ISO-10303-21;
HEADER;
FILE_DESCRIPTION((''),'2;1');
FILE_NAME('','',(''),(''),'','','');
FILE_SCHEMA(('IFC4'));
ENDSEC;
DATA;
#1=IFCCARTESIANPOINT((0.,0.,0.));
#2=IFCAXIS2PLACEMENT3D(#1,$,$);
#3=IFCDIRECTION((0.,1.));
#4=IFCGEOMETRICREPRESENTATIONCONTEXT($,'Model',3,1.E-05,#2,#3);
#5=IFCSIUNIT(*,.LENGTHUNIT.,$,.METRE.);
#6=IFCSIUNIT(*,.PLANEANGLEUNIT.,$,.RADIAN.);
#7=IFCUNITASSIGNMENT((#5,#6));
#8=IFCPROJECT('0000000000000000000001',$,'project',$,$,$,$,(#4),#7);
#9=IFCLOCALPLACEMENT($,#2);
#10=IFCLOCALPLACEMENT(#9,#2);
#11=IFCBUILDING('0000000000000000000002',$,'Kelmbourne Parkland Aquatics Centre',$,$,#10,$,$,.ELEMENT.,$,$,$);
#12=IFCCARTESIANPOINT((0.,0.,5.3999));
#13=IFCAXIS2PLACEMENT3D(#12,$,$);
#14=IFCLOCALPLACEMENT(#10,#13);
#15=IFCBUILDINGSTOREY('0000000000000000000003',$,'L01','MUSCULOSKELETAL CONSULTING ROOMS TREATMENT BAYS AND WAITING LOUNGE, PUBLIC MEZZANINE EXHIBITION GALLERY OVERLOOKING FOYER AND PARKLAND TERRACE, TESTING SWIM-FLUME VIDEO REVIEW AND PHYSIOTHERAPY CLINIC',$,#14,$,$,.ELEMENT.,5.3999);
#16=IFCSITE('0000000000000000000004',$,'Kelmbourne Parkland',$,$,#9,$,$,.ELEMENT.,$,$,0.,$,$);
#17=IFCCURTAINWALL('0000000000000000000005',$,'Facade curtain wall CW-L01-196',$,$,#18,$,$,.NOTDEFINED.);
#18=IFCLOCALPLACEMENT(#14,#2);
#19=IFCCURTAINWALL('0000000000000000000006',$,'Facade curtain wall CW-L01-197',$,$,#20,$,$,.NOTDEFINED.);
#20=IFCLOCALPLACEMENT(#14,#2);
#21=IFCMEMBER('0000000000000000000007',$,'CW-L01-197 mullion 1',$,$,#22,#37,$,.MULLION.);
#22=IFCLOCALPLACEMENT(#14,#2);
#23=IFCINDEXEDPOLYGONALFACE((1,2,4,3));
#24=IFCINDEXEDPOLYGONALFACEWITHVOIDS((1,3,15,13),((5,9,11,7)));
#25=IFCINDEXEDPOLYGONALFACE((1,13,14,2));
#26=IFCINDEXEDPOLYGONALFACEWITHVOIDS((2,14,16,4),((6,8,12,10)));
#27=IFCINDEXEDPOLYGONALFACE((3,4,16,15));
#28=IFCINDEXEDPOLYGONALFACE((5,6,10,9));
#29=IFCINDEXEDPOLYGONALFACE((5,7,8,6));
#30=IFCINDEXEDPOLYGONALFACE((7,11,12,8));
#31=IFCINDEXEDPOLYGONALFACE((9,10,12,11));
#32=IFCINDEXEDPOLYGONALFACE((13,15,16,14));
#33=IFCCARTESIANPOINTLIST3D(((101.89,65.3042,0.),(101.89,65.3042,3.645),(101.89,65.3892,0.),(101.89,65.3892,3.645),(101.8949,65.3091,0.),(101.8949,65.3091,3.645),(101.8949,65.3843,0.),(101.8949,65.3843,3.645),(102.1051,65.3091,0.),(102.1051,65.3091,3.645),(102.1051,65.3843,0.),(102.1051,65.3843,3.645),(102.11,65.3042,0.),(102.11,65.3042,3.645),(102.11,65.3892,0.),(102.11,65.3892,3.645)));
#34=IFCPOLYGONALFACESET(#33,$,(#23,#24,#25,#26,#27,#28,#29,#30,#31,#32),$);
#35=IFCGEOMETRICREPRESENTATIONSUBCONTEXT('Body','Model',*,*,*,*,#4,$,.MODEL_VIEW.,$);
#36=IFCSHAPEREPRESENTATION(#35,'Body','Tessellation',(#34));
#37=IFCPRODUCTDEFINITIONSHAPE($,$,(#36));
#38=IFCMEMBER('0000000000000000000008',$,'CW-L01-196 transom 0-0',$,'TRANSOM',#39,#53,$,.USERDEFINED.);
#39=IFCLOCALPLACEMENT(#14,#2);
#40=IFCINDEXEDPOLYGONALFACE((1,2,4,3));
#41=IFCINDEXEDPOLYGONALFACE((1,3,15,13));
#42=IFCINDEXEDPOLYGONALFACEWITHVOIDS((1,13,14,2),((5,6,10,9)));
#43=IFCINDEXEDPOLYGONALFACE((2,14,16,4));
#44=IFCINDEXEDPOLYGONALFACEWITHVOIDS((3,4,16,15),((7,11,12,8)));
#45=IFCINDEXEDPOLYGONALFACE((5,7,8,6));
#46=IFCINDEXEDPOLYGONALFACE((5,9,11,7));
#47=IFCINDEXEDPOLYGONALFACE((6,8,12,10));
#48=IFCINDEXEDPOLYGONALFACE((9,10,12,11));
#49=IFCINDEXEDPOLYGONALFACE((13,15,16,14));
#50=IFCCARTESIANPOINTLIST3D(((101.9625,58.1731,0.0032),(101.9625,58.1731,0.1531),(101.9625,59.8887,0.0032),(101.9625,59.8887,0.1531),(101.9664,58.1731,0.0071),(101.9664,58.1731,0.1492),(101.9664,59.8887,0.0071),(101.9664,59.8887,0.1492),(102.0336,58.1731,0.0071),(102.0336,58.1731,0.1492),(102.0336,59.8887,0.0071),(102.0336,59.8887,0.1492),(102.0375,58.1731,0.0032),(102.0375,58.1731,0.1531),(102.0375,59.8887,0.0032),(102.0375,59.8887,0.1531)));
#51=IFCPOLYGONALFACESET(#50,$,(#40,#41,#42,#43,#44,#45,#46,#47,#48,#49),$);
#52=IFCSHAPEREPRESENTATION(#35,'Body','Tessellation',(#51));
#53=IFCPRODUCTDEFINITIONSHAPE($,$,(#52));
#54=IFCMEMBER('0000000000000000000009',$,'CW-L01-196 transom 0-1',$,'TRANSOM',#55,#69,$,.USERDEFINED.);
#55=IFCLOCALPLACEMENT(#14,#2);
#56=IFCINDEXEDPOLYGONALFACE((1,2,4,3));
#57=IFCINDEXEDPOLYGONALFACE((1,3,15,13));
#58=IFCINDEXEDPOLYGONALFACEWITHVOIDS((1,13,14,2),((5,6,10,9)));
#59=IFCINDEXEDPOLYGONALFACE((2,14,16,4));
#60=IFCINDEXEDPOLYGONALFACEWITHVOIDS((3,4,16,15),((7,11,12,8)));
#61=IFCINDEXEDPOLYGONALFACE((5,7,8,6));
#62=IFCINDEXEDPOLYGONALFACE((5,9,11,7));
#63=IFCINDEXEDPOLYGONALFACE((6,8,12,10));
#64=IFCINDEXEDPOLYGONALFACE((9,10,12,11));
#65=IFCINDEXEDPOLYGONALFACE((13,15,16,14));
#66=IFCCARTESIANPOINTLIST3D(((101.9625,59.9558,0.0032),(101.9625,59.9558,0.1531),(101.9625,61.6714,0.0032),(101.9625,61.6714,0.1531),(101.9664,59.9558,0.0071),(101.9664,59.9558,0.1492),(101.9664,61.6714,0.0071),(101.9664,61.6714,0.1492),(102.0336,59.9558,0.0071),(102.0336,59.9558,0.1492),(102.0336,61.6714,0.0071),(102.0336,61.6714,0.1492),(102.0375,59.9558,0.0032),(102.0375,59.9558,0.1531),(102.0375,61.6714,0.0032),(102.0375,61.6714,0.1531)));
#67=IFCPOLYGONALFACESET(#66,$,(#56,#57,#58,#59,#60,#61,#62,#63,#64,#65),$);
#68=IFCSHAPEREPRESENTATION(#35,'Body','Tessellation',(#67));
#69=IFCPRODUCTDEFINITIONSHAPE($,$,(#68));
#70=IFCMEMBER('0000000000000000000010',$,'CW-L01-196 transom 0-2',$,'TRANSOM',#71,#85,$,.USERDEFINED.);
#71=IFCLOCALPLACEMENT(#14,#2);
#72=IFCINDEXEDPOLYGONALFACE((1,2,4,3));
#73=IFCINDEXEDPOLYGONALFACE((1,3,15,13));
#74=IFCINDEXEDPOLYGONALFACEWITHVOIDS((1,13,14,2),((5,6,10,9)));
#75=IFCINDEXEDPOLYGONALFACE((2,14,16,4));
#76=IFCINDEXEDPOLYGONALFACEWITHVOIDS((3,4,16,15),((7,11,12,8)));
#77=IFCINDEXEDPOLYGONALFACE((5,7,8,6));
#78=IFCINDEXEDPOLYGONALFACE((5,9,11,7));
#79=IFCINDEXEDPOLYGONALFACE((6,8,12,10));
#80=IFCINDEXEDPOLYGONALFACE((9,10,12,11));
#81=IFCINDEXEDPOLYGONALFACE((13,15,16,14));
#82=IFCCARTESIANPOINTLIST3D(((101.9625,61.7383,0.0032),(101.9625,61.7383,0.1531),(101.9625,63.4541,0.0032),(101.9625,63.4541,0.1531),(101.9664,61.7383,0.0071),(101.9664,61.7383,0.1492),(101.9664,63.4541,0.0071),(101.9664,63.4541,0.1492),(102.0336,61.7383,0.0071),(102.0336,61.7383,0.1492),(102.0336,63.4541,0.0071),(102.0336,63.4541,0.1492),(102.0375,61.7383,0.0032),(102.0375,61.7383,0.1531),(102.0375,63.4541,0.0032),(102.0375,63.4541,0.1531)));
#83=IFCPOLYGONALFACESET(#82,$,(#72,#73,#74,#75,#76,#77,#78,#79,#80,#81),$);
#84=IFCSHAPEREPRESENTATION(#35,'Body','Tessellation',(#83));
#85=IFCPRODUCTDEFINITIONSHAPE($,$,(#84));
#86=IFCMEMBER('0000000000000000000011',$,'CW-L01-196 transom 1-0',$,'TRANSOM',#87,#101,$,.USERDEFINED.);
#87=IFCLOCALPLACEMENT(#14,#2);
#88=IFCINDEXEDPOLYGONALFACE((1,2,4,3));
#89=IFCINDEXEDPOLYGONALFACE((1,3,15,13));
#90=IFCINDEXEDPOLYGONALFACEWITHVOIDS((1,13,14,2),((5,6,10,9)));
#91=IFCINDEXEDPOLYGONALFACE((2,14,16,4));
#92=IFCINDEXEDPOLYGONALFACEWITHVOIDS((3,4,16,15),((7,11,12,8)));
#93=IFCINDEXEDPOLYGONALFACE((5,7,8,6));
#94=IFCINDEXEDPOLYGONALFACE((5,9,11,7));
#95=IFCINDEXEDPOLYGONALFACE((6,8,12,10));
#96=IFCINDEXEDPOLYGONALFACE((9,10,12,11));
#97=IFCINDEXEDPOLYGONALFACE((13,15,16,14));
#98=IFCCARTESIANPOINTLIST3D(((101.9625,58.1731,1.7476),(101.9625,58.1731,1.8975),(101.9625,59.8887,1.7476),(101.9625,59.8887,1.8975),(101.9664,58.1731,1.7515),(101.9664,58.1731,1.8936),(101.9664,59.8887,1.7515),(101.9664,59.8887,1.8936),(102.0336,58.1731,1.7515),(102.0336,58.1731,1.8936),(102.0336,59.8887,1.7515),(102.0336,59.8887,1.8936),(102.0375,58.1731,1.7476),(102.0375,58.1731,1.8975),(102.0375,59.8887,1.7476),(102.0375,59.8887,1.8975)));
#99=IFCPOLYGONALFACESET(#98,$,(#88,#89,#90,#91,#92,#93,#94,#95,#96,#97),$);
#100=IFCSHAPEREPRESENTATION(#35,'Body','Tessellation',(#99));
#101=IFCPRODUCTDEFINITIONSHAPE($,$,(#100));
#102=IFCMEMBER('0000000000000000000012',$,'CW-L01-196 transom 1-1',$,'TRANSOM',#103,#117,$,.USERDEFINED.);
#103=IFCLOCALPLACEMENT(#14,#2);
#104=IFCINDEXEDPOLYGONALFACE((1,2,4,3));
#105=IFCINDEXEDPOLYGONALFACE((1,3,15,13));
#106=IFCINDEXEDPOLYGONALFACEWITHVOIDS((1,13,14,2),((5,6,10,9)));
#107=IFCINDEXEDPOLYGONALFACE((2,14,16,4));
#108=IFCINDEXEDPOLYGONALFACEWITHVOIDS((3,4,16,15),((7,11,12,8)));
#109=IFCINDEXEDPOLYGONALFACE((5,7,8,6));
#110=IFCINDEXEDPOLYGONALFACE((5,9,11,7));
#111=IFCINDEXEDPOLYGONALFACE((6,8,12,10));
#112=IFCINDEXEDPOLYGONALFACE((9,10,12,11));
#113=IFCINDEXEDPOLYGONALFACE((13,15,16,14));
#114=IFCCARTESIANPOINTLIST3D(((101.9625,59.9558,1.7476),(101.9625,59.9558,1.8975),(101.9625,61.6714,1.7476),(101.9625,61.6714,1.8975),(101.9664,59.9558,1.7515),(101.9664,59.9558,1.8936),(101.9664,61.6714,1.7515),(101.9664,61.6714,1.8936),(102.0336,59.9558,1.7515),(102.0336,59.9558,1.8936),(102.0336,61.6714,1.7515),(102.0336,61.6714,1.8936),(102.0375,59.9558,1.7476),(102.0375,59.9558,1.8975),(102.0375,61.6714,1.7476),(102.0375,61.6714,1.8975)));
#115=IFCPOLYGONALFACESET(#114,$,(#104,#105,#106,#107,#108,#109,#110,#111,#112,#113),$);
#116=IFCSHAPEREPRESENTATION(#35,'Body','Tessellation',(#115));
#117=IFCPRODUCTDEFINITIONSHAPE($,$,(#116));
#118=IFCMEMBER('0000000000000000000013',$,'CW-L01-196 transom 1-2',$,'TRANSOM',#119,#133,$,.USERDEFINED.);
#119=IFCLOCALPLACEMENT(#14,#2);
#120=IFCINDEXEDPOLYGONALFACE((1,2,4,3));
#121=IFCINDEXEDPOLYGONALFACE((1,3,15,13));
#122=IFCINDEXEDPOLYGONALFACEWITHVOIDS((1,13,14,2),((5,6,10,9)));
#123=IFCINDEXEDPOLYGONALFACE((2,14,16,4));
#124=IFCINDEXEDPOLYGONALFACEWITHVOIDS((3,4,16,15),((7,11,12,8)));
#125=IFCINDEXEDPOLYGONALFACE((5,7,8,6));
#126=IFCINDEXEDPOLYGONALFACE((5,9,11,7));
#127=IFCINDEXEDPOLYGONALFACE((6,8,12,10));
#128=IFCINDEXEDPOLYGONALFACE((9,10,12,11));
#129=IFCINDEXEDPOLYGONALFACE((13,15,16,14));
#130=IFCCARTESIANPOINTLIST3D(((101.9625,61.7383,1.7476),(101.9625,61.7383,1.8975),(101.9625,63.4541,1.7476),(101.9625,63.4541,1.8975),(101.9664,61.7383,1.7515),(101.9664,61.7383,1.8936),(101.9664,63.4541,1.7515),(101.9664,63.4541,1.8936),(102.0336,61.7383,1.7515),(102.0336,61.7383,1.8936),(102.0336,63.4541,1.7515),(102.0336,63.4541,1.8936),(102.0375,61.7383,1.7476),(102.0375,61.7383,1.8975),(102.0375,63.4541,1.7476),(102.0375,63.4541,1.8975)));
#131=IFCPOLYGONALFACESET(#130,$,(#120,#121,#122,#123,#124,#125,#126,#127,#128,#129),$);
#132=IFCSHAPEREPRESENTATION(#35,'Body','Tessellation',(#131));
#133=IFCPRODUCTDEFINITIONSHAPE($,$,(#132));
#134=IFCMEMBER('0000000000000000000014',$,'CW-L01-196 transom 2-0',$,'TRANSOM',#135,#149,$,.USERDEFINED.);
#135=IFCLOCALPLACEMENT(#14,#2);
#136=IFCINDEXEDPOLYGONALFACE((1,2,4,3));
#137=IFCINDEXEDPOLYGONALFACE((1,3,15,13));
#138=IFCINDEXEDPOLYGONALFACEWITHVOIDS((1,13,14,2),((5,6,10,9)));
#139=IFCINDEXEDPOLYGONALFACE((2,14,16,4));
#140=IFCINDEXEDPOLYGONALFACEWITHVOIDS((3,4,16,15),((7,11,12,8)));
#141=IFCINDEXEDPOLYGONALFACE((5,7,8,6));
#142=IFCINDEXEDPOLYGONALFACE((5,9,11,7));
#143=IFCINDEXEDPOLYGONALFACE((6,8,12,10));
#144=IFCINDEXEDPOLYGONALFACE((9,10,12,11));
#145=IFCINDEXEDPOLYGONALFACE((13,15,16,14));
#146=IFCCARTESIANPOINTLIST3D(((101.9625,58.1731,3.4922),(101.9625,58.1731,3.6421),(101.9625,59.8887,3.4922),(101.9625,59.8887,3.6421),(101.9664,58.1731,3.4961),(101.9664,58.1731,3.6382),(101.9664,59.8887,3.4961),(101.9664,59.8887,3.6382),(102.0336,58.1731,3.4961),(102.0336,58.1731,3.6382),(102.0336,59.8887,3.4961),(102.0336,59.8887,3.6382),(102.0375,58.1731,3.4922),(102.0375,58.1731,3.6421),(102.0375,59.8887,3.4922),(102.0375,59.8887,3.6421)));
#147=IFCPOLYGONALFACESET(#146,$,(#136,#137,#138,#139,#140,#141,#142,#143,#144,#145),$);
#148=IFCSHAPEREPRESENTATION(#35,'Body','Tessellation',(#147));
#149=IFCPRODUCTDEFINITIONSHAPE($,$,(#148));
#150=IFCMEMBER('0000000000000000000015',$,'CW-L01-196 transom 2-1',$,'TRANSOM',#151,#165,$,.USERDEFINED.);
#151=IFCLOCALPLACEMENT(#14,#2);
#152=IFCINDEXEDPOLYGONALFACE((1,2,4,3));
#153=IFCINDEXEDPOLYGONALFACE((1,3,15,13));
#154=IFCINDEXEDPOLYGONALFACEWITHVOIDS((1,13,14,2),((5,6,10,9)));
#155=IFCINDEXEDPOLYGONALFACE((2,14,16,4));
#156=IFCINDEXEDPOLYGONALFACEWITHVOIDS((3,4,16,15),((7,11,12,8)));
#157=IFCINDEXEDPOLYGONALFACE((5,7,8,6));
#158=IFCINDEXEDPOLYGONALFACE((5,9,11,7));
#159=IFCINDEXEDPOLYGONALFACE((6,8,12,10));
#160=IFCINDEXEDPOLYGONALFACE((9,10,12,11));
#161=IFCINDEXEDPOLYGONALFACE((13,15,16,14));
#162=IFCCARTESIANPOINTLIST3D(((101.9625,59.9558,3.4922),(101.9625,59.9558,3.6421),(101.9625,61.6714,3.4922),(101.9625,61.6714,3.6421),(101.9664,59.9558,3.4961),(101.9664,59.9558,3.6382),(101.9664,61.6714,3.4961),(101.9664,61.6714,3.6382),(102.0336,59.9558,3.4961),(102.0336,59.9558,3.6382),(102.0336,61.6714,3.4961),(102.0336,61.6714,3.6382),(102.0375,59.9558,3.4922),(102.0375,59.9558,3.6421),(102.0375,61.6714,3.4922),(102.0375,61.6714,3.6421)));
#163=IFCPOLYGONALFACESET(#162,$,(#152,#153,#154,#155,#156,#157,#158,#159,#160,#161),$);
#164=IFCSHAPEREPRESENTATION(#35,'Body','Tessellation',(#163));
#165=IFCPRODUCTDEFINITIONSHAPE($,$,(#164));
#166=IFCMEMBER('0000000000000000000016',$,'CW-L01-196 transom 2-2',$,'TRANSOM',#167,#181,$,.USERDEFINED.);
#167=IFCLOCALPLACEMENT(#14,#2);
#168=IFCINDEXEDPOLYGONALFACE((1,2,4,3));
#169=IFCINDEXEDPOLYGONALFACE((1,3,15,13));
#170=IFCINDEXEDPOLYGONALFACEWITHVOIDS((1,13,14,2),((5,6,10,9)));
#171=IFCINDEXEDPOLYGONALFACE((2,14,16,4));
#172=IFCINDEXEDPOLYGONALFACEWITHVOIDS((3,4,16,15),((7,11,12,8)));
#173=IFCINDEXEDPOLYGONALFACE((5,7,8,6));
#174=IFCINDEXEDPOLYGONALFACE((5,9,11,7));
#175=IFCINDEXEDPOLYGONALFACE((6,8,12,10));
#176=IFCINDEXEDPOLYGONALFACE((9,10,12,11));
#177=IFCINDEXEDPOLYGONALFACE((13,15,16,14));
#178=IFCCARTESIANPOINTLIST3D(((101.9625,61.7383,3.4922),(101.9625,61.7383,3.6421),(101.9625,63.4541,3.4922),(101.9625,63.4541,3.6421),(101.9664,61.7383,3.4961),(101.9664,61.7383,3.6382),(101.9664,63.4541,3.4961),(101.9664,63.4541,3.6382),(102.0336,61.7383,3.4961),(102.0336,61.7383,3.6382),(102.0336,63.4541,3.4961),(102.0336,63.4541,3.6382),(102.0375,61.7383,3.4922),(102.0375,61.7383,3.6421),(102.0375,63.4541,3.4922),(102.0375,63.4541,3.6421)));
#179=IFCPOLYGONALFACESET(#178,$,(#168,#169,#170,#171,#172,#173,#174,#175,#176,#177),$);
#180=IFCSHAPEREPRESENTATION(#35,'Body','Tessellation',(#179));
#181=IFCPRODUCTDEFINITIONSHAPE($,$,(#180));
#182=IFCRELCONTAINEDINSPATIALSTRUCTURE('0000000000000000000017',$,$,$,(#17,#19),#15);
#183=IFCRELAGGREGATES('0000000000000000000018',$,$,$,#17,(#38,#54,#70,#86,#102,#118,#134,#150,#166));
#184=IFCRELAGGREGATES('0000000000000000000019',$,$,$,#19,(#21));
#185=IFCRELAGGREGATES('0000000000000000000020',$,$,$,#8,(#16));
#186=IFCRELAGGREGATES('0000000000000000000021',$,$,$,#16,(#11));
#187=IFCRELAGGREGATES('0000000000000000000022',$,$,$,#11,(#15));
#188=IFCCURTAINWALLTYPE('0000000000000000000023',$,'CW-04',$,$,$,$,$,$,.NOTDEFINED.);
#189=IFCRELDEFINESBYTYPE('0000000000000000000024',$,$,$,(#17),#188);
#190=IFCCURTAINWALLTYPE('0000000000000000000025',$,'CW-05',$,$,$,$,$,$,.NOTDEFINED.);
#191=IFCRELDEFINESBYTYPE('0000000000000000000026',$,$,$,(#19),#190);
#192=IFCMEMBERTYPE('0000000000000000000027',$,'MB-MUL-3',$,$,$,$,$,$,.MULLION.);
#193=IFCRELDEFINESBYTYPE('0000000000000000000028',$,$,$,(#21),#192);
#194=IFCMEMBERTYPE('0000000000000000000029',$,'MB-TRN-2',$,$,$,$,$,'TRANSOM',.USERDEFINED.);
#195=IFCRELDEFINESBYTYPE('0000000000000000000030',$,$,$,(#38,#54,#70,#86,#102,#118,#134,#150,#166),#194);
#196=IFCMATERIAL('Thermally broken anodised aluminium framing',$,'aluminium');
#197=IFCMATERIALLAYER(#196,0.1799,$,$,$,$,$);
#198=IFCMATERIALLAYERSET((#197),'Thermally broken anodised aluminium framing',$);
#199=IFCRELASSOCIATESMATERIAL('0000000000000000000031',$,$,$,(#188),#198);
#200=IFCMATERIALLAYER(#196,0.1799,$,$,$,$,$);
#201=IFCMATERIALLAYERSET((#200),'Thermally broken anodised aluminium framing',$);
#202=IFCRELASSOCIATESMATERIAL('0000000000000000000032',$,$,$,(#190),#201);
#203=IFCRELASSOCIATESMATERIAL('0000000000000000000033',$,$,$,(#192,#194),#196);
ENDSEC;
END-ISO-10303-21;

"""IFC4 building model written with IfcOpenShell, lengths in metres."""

from ifc_helpers import new_model, si_unit, direction, frame, origin, origin_2d, place, context, subcontext, project, spatial, hollow_rectangle, extrude, material, layer, layer_set, material_profile, profile_set, type_object, element, aggregate, save


model = new_model("IFC4")

# Units and contexts
model_context = context("Model", 3, precision=1e-05, world=origin(), true_north=direction((0.0, 1.0)))
body_context = subcontext(model_context, "Body", "Model", "MODEL_VIEW")
ifc_project = project(units=[si_unit("LENGTHUNIT", "METRE"), si_unit("PLANEANGLEUNIT", "RADIAN")], contexts=[model_context])

# Site, building, storey
site_placement = place(None, origin())
site = spatial("IfcSite", under=ifc_project, at=site_placement, Name="Kelmbourne Parkland", CompositionType="ELEMENT", RefElevation=0.0)
building_placement = place(site_placement, origin())
building = spatial("IfcBuilding", under=site, at=building_placement, Name="Kelmbourne Parkland Aquatics Centre", CompositionType="ELEMENT")
storey_placement = place(building_placement, frame((0.0, 0.0, 5.3999)))
storey = spatial("IfcBuildingStorey", under=building, at=storey_placement, Name="L01", Description="MUSCULOSKELETAL CONSULTING ROOMS TREATMENT BAYS AND WAITING LOUNGE, PUBLIC MEZZANINE EXHIBITION GALLERY OVERLOOKING FOYER AND PARKLAND TERRACE, TESTING SWIM-FLUME VIDEO REVIEW AND PHYSIOTHERAPY CLINIC", CompositionType="ELEMENT", Elevation=5.3999)

# Shared definitions
ifc_material_1 = material(Name="Thermally broken anodised aluminium framing", Category="aluminium")

# Curtain walls, member
ifc_layer_1 = layer(ifc_material_1, 0.1799)
ifc_layer_set_1 = layer_set([ifc_layer_1], Name="Thermally broken anodised aluminium framing")
curtain_wall_type_1 = type_object("IfcCurtainWallType", Name="CW-04", PredefinedType="NOTDEFINED", material=ifc_layer_set_1)
curtain_wall_1_placement = place(storey_placement, origin())
curtain_wall_1 = element("IfcCurtainWall", 1, at=curtain_wall_1_placement, inside=storey, type_object=curtain_wall_type_1, Name="Facade curtain wall CW-L01-196", PredefinedType="NOTDEFINED")
ifc_layer_2 = layer(ifc_material_1, 0.1799)
ifc_layer_set_2 = layer_set([ifc_layer_2], Name="Thermally broken anodised aluminium framing")
curtain_wall_type_2 = type_object("IfcCurtainWallType", Name="CW-05", PredefinedType="NOTDEFINED", material=ifc_layer_set_2)
curtain_wall_2_placement = place(storey_placement, origin())
curtain_wall_2 = element("IfcCurtainWall", 2, at=curtain_wall_2_placement, inside=storey, type_object=curtain_wall_type_2, Name="Facade curtain wall CW-L01-197", PredefinedType="NOTDEFINED")
ifc_material_profile_1 = material_profile(ifc_material_1, hollow_rectangle(XDim=0.085, YDim=0.22, WallThickness=0.0049, at=origin_2d()), Name="CW-M 85x220")
ifc_profile_set_1 = profile_set([ifc_material_profile_1], Name="Thermally broken anodised aluminium framing")
member_type_1 = type_object("IfcMemberType", Name="MB-MUL-3", PredefinedType="MULLION", material=ifc_profile_set_1)
member_1_placement = place(storey_placement, frame((102.0, 65.3467, 0.0), z_axis=(0.0, 0.0, 1.0), x_axis=(0.0, 1.0, 0.0)))
member_1 = element("IfcMember", 3, at=member_1_placement, type_object=member_type_1, Name="CW-L01-197 mullion 1", PredefinedType="MULLION", context=body_context, shape_type="SweptSolid", body=[
    extrude(hollow_rectangle(XDim=0.085, YDim=0.22, WallThickness=0.0049, at=origin_2d()), origin(), (0.0, 0.0, 1.0), 3.645),
])

# Members
ifc_material_profile_2 = material_profile(ifc_material_1, hollow_rectangle(XDim=0.075, YDim=0.1499, WallThickness=0.0039, at=origin_2d()), Name="CW-T 75x150")
ifc_profile_set_2 = profile_set([ifc_material_profile_2], Name="Thermally broken anodised aluminium framing")
member_type_2 = type_object("IfcMemberType", Name="MB-TRN-2", ElementType="TRANSOM", PredefinedType="USERDEFINED", material=ifc_profile_set_2)
member_2_placement = place(storey_placement, frame((102.0, 58.1731, 0.0781), z_axis=(0.0, 1.0, 0.0), x_axis=(-1.0, 0.0, 0.0)))
member_2 = element("IfcMember", 4, at=member_2_placement, type_object=member_type_2, Name="CW-L01-196 transom 0-0", ObjectType="TRANSOM", PredefinedType="USERDEFINED", context=body_context, shape_type="SweptSolid", body=[
    extrude(hollow_rectangle(XDim=0.075, YDim=0.1499, WallThickness=0.0039, at=origin_2d()), origin(), (0.0, 0.0, 1.0), 1.7156),
])
member_3_placement = place(storey_placement, frame((102.0, 59.9558, 0.0781), z_axis=(0.0, 1.0, 0.0), x_axis=(-1.0, 0.0, 0.0)))
member_3 = element("IfcMember", 5, at=member_3_placement, type_object=member_type_2, Name="CW-L01-196 transom 0-1", ObjectType="TRANSOM", PredefinedType="USERDEFINED", context=body_context, shape_type="SweptSolid", body=[
    extrude(hollow_rectangle(XDim=0.075, YDim=0.1499, WallThickness=0.0039, at=origin_2d()), origin(), (0.0, 0.0, 1.0), 1.7156),
])
member_4_placement = place(storey_placement, frame((102.0, 61.7383, 0.0781), z_axis=(0.0, 1.0, 0.0), x_axis=(-1.0, 0.0, 0.0)))
member_4 = element("IfcMember", 6, at=member_4_placement, type_object=member_type_2, Name="CW-L01-196 transom 0-2", ObjectType="TRANSOM", PredefinedType="USERDEFINED", context=body_context, shape_type="SweptSolid", body=[
    extrude(hollow_rectangle(XDim=0.075, YDim=0.1499, WallThickness=0.0039, at=origin_2d()), origin(), (0.0, 0.0, 1.0), 1.7158),
])
member_5_placement = place(storey_placement, frame((102.0, 58.1731, 1.8225), z_axis=(0.0, 1.0, 0.0), x_axis=(-1.0, 0.0, 0.0)))
member_5 = element("IfcMember", 7, at=member_5_placement, type_object=member_type_2, Name="CW-L01-196 transom 1-0", ObjectType="TRANSOM", PredefinedType="USERDEFINED", context=body_context, shape_type="SweptSolid", body=[
    extrude(hollow_rectangle(XDim=0.075, YDim=0.1499, WallThickness=0.0039, at=origin_2d()), origin(), (0.0, 0.0, 1.0), 1.7156),
])
member_6_placement = place(storey_placement, frame((102.0, 59.9558, 1.8225), z_axis=(0.0, 1.0, 0.0), x_axis=(-1.0, 0.0, 0.0)))
member_6 = element("IfcMember", 8, at=member_6_placement, type_object=member_type_2, Name="CW-L01-196 transom 1-1", ObjectType="TRANSOM", PredefinedType="USERDEFINED", context=body_context, shape_type="SweptSolid", body=[
    extrude(hollow_rectangle(XDim=0.075, YDim=0.1499, WallThickness=0.0039, at=origin_2d()), origin(), (0.0, 0.0, 1.0), 1.7156),
])
member_7_placement = place(storey_placement, frame((102.0, 61.7383, 1.8225), z_axis=(0.0, 1.0, 0.0), x_axis=(-1.0, 0.0, 0.0)))
member_7 = element("IfcMember", 9, at=member_7_placement, type_object=member_type_2, Name="CW-L01-196 transom 1-2", ObjectType="TRANSOM", PredefinedType="USERDEFINED", context=body_context, shape_type="SweptSolid", body=[
    extrude(hollow_rectangle(XDim=0.075, YDim=0.1499, WallThickness=0.0039, at=origin_2d()), origin(), (0.0, 0.0, 1.0), 1.7158),
])
member_8_placement = place(storey_placement, frame((102.0, 58.1731, 3.5671), z_axis=(0.0, 1.0, 0.0), x_axis=(-1.0, 0.0, 0.0)))
member_8 = element("IfcMember", 10, at=member_8_placement, type_object=member_type_2, Name="CW-L01-196 transom 2-0", ObjectType="TRANSOM", PredefinedType="USERDEFINED", context=body_context, shape_type="SweptSolid", body=[
    extrude(hollow_rectangle(XDim=0.075, YDim=0.1499, WallThickness=0.0039, at=origin_2d()), origin(), (0.0, 0.0, 1.0), 1.7156),
])
member_9_placement = place(storey_placement, frame((102.0, 59.9558, 3.5671), z_axis=(0.0, 1.0, 0.0), x_axis=(-1.0, 0.0, 0.0)))
member_9 = element("IfcMember", 11, at=member_9_placement, type_object=member_type_2, Name="CW-L01-196 transom 2-1", ObjectType="TRANSOM", PredefinedType="USERDEFINED", context=body_context, shape_type="SweptSolid", body=[
    extrude(hollow_rectangle(XDim=0.075, YDim=0.1499, WallThickness=0.0039, at=origin_2d()), origin(), (0.0, 0.0, 1.0), 1.7156),
])
member_10_placement = place(storey_placement, frame((102.0, 61.7383, 3.5671), z_axis=(0.0, 1.0, 0.0), x_axis=(-1.0, 0.0, 0.0)))
member_10 = element("IfcMember", 12, at=member_10_placement, type_object=member_type_2, Name="CW-L01-196 transom 2-2", ObjectType="TRANSOM", PredefinedType="USERDEFINED", context=body_context, shape_type="SweptSolid", body=[
    extrude(hollow_rectangle(XDim=0.075, YDim=0.1499, WallThickness=0.0039, at=origin_2d()), origin(), (0.0, 0.0, 1.0), 1.7158),
])

aggregate(curtain_wall_1, [member_2, member_3, member_4, member_5, member_6, member_7, member_8, member_9, member_10])
aggregate(curtain_wall_2, [member_1])

save(model, "model.ifc")
